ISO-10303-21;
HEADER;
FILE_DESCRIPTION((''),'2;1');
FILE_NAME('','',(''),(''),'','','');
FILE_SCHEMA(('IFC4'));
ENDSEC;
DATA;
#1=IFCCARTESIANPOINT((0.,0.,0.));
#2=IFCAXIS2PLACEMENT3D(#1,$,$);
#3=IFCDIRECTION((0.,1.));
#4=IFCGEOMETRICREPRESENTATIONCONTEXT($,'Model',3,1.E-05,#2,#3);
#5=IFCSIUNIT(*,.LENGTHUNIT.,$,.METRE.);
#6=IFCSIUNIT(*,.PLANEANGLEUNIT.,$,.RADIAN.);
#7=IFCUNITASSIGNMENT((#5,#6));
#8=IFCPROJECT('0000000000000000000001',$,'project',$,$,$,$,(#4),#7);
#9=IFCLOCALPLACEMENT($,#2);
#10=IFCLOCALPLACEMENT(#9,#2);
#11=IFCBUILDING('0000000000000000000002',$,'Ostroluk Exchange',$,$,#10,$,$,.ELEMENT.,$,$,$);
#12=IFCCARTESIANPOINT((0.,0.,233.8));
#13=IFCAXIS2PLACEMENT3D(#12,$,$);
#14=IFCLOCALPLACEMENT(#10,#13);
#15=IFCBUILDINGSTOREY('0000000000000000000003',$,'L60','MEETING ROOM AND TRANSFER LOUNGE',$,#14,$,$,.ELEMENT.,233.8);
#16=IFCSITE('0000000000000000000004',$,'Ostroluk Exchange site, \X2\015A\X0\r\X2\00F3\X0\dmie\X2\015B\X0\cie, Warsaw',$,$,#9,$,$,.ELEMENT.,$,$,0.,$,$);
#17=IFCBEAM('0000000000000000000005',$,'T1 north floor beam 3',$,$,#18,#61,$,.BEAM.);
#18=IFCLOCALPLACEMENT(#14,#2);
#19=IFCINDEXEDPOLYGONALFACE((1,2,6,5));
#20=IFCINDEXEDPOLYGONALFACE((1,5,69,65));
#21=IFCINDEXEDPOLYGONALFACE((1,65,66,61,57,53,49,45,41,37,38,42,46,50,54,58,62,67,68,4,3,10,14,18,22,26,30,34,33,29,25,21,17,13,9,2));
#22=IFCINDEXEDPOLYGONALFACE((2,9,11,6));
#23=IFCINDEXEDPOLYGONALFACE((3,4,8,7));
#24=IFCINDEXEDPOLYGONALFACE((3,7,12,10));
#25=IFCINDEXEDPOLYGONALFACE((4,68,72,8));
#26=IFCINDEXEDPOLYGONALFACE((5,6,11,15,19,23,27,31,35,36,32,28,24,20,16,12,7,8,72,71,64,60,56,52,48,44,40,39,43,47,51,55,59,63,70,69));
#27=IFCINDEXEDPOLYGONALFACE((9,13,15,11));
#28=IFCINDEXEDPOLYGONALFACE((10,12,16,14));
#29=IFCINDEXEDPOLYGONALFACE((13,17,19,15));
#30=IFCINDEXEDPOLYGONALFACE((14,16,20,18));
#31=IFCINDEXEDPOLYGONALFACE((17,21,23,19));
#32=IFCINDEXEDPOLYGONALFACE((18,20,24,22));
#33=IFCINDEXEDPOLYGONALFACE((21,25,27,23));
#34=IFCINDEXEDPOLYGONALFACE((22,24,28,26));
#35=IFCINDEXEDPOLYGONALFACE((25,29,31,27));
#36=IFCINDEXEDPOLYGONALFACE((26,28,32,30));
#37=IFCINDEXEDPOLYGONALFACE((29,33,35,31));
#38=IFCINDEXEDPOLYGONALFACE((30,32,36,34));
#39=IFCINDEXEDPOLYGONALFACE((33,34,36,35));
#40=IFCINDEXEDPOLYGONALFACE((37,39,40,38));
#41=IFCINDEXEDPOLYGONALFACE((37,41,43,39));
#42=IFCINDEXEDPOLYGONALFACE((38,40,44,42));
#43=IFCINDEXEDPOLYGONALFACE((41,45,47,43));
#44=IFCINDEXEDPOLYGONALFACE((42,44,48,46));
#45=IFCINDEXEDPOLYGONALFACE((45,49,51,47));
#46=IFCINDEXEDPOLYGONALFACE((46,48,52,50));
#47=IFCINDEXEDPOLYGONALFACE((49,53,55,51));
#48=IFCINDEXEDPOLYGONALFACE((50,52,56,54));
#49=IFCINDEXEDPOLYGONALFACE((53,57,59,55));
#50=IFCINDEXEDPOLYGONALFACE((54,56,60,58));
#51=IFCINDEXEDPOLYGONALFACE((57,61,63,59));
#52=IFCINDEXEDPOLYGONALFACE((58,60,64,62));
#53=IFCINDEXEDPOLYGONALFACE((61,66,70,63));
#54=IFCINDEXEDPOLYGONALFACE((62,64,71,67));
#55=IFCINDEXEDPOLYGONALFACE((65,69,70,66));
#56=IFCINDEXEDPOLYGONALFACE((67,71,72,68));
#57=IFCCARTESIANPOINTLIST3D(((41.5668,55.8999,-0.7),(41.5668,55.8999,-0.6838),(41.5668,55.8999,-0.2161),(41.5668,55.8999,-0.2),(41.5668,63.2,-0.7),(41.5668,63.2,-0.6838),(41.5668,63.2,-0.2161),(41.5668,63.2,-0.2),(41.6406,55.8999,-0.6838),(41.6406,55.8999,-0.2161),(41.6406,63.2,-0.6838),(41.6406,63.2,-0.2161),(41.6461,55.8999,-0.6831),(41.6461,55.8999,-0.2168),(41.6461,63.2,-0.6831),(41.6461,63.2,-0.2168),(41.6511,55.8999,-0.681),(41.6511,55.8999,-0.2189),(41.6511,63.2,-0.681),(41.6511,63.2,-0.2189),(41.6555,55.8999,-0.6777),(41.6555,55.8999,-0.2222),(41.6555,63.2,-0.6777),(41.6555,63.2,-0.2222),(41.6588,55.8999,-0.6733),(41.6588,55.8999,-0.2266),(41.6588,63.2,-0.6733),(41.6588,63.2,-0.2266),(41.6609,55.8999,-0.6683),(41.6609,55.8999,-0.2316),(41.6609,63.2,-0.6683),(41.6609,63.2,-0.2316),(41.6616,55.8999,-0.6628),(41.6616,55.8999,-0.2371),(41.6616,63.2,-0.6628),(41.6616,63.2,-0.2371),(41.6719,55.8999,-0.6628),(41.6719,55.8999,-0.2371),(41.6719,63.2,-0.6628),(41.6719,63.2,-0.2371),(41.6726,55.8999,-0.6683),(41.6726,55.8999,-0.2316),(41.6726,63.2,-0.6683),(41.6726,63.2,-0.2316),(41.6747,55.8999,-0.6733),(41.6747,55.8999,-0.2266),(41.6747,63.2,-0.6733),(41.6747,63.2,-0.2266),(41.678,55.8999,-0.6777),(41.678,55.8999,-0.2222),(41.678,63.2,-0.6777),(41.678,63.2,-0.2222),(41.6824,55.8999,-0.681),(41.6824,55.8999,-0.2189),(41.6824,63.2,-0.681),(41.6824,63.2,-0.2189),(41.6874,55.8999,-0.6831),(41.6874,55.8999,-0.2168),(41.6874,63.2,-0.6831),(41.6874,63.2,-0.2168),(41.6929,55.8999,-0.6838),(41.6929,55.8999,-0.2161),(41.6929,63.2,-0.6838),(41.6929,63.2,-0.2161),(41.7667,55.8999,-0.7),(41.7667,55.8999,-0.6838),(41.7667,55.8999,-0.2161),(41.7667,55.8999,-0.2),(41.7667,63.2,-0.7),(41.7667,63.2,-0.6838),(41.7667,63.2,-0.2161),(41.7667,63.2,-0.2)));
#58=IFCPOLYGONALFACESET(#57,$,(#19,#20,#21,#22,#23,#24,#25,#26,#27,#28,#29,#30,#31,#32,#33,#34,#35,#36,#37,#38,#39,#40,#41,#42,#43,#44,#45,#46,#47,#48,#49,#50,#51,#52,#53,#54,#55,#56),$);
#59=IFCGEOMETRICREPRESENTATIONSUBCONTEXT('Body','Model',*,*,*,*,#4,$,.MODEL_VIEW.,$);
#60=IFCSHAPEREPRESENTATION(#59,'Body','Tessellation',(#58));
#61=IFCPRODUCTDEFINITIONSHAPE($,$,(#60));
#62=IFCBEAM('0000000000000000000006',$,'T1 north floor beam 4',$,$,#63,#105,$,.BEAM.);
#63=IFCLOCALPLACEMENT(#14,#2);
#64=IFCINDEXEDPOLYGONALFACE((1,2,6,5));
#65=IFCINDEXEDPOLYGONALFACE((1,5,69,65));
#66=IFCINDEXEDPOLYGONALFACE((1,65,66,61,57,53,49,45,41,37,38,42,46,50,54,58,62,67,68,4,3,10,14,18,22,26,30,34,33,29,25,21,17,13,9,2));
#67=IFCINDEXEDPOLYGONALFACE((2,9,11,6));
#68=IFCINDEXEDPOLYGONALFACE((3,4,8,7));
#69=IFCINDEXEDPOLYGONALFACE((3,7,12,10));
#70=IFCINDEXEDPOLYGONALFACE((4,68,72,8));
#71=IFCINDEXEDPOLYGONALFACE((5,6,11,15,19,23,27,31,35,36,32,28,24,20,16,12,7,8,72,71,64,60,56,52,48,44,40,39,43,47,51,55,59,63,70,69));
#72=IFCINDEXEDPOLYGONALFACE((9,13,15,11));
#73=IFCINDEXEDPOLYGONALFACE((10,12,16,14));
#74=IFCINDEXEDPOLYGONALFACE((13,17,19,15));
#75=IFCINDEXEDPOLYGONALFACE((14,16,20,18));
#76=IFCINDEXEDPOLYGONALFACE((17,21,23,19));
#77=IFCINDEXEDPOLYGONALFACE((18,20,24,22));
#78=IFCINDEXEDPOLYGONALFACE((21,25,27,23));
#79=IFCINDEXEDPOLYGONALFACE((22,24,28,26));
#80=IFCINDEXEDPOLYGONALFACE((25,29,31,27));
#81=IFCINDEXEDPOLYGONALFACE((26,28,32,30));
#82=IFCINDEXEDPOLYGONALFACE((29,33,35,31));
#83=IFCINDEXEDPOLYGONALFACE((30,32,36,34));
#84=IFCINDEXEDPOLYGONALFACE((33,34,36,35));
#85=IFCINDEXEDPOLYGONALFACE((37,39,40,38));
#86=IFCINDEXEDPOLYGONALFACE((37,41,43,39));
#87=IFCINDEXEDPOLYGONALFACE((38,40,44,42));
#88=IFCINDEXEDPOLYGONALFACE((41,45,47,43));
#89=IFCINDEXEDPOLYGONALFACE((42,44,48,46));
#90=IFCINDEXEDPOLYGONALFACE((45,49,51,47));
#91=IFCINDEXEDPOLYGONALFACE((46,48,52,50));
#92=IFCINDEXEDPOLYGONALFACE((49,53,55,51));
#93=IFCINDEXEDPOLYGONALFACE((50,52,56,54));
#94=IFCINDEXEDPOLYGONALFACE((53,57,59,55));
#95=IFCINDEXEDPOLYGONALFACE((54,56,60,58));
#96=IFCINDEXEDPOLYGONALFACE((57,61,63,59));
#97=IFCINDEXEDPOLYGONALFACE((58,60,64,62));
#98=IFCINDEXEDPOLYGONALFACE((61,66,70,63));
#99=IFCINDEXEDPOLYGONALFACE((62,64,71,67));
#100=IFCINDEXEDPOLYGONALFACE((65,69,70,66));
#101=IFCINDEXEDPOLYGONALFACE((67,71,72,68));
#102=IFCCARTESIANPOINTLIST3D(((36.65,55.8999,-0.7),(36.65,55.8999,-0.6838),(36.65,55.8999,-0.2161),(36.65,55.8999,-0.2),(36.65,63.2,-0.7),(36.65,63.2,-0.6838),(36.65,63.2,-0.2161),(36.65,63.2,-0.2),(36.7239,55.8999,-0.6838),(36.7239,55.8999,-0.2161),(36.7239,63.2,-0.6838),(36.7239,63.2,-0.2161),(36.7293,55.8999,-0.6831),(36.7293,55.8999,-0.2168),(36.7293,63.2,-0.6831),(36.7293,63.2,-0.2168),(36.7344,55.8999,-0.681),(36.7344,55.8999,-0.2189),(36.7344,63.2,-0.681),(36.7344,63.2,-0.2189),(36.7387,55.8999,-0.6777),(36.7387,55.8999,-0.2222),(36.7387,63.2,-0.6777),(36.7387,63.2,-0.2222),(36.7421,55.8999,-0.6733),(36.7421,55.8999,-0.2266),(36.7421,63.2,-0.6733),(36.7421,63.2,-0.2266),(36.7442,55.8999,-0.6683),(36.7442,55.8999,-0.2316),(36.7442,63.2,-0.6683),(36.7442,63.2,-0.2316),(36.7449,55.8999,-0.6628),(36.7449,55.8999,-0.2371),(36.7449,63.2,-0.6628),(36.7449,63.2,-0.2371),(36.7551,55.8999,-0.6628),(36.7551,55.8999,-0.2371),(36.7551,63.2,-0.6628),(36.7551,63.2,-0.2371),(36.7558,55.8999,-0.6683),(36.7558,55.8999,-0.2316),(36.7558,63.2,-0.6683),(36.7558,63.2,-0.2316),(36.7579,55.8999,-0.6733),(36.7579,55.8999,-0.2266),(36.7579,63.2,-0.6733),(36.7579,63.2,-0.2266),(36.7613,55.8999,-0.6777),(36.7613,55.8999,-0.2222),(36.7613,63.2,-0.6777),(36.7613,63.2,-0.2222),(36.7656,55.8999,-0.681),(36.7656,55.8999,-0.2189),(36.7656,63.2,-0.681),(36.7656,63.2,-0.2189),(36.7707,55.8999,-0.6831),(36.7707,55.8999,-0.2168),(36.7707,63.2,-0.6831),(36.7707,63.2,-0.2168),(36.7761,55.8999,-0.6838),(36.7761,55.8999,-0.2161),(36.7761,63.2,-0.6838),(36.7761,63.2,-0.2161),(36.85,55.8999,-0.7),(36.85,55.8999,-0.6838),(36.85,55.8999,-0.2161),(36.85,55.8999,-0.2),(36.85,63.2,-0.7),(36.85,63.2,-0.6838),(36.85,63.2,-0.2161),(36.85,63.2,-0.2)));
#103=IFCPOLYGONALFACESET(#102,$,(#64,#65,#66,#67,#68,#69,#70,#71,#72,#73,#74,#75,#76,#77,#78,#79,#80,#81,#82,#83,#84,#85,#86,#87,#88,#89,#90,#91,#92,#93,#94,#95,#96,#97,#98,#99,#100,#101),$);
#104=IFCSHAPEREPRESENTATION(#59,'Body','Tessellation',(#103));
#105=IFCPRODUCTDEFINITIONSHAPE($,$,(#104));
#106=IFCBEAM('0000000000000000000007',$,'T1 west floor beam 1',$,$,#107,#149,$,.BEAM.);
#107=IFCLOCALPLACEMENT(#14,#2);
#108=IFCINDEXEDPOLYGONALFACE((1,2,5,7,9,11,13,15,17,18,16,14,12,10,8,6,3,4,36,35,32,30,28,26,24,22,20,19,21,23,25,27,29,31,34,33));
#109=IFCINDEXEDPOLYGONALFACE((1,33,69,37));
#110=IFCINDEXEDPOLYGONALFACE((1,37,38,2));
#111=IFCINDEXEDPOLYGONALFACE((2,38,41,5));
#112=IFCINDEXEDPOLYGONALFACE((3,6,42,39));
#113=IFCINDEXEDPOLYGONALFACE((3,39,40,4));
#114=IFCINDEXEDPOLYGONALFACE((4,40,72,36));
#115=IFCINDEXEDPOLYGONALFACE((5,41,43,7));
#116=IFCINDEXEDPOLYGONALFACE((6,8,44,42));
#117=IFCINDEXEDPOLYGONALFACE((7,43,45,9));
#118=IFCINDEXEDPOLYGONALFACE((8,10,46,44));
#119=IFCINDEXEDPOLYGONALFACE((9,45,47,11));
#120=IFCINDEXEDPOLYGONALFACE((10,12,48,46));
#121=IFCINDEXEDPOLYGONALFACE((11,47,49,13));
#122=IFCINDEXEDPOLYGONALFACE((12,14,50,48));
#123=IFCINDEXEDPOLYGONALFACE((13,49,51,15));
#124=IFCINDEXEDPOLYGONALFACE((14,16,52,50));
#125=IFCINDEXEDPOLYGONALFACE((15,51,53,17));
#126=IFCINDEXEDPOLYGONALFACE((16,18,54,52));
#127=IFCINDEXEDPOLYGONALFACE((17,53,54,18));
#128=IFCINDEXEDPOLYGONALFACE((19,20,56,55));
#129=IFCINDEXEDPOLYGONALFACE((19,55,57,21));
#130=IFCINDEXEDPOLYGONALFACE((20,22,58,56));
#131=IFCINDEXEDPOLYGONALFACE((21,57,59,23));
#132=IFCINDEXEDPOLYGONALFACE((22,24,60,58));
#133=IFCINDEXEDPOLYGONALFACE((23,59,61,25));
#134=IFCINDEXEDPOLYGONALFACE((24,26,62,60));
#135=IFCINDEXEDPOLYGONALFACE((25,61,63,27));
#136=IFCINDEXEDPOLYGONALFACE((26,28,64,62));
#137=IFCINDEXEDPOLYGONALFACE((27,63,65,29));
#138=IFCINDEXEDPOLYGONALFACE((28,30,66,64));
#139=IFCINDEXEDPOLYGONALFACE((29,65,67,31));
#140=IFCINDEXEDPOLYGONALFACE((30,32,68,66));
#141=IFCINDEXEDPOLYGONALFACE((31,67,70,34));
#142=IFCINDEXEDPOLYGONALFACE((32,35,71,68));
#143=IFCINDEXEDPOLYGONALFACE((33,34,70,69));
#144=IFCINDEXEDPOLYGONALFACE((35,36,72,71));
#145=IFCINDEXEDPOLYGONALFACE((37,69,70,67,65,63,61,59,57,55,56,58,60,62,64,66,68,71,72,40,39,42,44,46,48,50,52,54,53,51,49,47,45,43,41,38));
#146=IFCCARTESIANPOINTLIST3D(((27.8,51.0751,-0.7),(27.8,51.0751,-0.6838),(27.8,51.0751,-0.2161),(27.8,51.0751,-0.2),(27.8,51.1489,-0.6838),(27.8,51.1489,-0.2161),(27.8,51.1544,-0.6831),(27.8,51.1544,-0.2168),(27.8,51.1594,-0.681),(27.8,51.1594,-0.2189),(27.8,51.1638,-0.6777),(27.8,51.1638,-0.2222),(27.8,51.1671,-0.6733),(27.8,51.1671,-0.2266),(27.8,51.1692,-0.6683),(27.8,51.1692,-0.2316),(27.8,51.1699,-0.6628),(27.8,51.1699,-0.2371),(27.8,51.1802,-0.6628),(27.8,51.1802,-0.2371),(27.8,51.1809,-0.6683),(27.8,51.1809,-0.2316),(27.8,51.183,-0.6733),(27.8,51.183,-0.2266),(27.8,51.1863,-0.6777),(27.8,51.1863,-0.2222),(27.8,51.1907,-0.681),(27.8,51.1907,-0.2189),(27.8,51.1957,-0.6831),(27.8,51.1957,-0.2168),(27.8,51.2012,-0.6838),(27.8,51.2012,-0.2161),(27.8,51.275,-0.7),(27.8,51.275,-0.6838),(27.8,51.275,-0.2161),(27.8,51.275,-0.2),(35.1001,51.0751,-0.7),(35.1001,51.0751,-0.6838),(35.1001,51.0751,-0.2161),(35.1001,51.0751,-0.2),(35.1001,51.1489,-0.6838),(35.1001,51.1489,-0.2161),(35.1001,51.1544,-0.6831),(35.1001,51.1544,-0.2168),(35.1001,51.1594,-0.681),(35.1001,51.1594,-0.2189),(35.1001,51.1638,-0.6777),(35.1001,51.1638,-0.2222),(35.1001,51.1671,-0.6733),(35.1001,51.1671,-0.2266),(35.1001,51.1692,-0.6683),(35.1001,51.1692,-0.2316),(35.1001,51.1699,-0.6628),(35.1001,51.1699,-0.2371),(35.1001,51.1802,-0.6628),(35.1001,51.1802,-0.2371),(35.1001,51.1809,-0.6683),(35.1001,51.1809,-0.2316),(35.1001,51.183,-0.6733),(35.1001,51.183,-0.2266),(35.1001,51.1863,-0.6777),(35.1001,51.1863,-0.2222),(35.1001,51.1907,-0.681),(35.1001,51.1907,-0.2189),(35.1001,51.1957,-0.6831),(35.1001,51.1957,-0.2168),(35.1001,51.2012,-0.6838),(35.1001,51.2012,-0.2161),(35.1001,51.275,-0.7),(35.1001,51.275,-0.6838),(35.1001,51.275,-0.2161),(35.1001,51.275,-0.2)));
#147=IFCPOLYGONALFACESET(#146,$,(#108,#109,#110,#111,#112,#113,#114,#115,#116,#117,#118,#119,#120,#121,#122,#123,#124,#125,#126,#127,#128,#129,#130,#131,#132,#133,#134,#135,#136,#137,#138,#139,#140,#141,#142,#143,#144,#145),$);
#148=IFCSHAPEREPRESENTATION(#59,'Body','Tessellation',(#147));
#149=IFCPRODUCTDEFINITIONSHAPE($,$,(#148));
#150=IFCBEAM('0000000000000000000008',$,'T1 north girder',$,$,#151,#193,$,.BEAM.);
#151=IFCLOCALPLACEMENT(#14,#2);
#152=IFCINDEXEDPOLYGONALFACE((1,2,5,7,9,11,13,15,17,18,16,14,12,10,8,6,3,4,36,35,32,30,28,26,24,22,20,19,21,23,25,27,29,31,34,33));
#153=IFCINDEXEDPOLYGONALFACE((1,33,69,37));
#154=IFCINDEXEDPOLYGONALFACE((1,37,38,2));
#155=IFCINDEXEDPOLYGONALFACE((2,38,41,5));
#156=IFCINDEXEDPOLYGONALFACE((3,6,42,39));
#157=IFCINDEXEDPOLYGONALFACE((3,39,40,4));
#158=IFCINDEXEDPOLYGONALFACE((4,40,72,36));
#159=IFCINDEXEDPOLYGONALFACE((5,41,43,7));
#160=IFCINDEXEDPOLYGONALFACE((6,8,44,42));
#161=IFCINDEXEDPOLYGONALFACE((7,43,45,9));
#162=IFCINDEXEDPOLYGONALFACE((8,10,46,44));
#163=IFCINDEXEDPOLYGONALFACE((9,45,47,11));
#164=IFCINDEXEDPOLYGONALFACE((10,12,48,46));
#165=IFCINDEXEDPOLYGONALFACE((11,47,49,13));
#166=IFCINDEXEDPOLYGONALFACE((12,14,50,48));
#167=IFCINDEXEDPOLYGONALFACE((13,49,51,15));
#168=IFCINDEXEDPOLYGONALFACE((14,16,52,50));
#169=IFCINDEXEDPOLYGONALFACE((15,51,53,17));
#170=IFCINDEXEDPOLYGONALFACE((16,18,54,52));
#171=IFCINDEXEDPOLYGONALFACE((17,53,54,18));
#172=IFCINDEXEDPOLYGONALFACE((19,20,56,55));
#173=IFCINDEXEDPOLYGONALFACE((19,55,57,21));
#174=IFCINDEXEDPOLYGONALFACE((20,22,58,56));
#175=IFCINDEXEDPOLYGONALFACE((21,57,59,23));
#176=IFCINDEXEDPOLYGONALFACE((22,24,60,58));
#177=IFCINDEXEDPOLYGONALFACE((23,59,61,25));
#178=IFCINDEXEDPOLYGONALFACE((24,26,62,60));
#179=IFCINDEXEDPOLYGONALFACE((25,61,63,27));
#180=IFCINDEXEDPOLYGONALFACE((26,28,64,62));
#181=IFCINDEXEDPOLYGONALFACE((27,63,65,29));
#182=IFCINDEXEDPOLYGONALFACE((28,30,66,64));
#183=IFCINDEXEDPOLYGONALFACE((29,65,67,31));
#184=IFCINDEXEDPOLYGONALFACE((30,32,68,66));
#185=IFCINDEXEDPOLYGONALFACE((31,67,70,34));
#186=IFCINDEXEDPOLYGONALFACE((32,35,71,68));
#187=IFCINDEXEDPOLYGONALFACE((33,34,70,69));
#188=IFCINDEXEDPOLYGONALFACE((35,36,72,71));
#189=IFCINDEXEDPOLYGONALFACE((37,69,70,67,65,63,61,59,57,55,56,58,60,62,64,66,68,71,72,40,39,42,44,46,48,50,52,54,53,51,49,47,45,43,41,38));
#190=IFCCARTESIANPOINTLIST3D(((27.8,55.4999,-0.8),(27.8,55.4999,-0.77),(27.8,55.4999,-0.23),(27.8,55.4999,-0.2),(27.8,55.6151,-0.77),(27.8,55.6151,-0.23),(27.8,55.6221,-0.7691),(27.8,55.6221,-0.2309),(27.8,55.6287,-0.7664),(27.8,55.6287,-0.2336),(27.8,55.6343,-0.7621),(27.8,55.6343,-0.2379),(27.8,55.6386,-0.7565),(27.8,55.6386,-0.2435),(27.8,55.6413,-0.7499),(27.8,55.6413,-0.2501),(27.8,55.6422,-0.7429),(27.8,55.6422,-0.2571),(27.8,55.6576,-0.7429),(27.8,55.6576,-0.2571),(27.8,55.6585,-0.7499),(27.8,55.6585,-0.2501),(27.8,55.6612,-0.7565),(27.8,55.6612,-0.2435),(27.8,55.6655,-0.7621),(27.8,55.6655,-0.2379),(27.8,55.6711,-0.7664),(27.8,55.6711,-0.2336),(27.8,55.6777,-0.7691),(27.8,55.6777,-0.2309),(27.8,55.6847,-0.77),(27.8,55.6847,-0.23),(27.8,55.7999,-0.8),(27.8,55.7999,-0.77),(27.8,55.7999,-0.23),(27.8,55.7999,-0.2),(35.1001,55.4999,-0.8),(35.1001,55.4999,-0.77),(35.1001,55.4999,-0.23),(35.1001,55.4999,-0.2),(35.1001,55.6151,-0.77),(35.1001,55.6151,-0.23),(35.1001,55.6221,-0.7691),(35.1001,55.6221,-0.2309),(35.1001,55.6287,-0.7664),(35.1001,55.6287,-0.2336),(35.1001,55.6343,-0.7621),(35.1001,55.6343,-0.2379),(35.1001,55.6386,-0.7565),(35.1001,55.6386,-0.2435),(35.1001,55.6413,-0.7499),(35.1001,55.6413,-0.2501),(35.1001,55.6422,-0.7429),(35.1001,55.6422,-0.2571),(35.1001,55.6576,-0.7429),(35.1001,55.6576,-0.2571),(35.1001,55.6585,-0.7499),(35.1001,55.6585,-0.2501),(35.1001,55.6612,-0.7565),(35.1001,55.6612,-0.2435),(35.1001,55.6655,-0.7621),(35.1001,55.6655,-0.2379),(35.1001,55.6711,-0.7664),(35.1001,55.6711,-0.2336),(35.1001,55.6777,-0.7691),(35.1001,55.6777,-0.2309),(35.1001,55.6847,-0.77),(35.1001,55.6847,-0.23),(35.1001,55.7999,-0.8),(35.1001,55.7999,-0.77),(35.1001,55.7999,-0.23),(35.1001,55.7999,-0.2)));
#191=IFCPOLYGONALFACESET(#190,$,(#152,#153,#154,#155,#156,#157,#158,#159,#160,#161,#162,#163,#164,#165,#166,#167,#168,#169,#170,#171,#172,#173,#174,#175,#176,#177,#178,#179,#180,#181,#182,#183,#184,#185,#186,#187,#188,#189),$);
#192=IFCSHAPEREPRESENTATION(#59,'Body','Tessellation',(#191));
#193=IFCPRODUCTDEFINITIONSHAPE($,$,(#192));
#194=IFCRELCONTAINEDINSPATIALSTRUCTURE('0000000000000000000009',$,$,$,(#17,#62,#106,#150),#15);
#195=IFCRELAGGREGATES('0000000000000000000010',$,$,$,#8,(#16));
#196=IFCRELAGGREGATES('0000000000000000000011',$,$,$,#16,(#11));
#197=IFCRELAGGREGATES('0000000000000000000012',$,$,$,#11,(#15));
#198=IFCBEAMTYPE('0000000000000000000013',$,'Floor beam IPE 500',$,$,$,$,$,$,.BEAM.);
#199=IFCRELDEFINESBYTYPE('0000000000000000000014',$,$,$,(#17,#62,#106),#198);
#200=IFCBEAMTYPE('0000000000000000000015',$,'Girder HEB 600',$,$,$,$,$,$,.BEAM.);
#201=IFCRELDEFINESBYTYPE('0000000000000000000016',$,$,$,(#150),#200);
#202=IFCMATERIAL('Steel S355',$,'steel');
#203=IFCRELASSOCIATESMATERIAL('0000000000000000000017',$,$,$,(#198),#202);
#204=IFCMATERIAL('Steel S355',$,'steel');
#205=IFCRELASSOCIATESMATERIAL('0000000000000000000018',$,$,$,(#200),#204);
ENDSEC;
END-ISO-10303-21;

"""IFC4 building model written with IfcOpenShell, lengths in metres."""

from ifc_helpers import new_model, si_unit, direction, frame, origin, origin_2d, place, context, subcontext, project, spatial, i_section, extrude, material, material_profile, profile_set, type_object, element, save


model = new_model("IFC4")

# Units and contexts
model_context = context("Model", 3, precision=1e-05, world=origin(), true_north=direction((0.0, 1.0)))
body_context = subcontext(model_context, "Body", "Model", "MODEL_VIEW")
ifc_project = project(units=[si_unit("LENGTHUNIT", "METRE"), si_unit("PLANEANGLEUNIT", "RADIAN")], contexts=[model_context])

# Site, building, storey
site_placement = place(None, origin())
site = spatial("IfcSite", under=ifc_project, at=site_placement, Name="Ostroluk Exchange site, Śródmieście, Warsaw", CompositionType="ELEMENT", RefElevation=0.0)
building_placement = place(site_placement, origin())
building = spatial("IfcBuilding", under=site, at=building_placement, Name="Ostroluk Exchange", CompositionType="ELEMENT")
storey_placement = place(building_placement, frame((0.0, 0.0, 233.8)))
storey = spatial("IfcBuildingStorey", under=building, at=storey_placement, Name="L60", Description="MEETING ROOM AND TRANSFER LOUNGE", CompositionType="ELEMENT", Elevation=233.8)

# Beams
ifc_material_1 = material(Name="Steel S355", Category="steel")
ifc_material_profile_1 = material_profile(ifc_material_1, i_section(OverallWidth=0.2, OverallDepth=0.5, WebThickness=0.0103, FlangeThickness=0.0161, FilletRadius=0.021, at=origin_2d()), Name="IPE 500")
ifc_profile_set_1 = profile_set([ifc_material_profile_1], Name="Steel S355")
beam_type_1 = type_object("IfcBeamType", Name="Floor beam IPE 500", PredefinedType="BEAM", material=ifc_profile_set_1)
for number, where, z_axis, x_axis, name in (
    (1, (41.6667, 55.8999, -0.45), (0.0, 1.0, 0.0), (-1.0, 0.0, 0.0), "T1 north floor beam 3"),
    (2, (36.75, 55.8999, -0.45), (0.0, 1.0, 0.0), (-1.0, 0.0, 0.0), "T1 north floor beam 4"),
    (3, (35.1001, 51.175, -0.45), (-1.0, 0.0, 0.0), (0.0, -1.0, 0.0), "T1 west floor beam 1"),
):
    element("IfcBeam", number, at=place(storey_placement, frame(where, z_axis=z_axis, x_axis=x_axis)), inside=storey, type_object=beam_type_1, Name=name, PredefinedType="BEAM", context=body_context, shape_type="SweptSolid", body=[
        extrude(i_section(OverallWidth=0.2, OverallDepth=0.5, WebThickness=0.0103, FlangeThickness=0.0161, FilletRadius=0.021, at=origin_2d()), origin(), (0.0, 0.0, 1.0), 7.3),
    ])
ifc_material_2 = material(Name="Steel S355", Category="steel")
ifc_material_profile_2 = material_profile(ifc_material_2, i_section(OverallWidth=0.3, OverallDepth=0.6001, WebThickness=0.0154, FlangeThickness=0.03, FilletRadius=0.0271, at=origin_2d()), Name="HEB 600")
ifc_profile_set_2 = profile_set([ifc_material_profile_2], Name="Steel S355")
beam_type_2 = type_object("IfcBeamType", Name="Girder HEB 600", PredefinedType="BEAM", material=ifc_profile_set_2)
beam_placement = place(storey_placement, frame((35.1001, 55.6499, -0.5), z_axis=(-1.0, 0.0, 0.0), x_axis=(0.0, -1.0, 0.0)))
element("IfcBeam", 4, at=beam_placement, inside=storey, type_object=beam_type_2, Name="T1 north girder", PredefinedType="BEAM", context=body_context, shape_type="SweptSolid", body=[
    extrude(i_section(OverallWidth=0.3, OverallDepth=0.6001, WebThickness=0.0154, FlangeThickness=0.03, FilletRadius=0.0271, at=origin_2d()), origin(), (0.0, 0.0, 1.0), 7.3),
])

save(model, "model.ifc")
